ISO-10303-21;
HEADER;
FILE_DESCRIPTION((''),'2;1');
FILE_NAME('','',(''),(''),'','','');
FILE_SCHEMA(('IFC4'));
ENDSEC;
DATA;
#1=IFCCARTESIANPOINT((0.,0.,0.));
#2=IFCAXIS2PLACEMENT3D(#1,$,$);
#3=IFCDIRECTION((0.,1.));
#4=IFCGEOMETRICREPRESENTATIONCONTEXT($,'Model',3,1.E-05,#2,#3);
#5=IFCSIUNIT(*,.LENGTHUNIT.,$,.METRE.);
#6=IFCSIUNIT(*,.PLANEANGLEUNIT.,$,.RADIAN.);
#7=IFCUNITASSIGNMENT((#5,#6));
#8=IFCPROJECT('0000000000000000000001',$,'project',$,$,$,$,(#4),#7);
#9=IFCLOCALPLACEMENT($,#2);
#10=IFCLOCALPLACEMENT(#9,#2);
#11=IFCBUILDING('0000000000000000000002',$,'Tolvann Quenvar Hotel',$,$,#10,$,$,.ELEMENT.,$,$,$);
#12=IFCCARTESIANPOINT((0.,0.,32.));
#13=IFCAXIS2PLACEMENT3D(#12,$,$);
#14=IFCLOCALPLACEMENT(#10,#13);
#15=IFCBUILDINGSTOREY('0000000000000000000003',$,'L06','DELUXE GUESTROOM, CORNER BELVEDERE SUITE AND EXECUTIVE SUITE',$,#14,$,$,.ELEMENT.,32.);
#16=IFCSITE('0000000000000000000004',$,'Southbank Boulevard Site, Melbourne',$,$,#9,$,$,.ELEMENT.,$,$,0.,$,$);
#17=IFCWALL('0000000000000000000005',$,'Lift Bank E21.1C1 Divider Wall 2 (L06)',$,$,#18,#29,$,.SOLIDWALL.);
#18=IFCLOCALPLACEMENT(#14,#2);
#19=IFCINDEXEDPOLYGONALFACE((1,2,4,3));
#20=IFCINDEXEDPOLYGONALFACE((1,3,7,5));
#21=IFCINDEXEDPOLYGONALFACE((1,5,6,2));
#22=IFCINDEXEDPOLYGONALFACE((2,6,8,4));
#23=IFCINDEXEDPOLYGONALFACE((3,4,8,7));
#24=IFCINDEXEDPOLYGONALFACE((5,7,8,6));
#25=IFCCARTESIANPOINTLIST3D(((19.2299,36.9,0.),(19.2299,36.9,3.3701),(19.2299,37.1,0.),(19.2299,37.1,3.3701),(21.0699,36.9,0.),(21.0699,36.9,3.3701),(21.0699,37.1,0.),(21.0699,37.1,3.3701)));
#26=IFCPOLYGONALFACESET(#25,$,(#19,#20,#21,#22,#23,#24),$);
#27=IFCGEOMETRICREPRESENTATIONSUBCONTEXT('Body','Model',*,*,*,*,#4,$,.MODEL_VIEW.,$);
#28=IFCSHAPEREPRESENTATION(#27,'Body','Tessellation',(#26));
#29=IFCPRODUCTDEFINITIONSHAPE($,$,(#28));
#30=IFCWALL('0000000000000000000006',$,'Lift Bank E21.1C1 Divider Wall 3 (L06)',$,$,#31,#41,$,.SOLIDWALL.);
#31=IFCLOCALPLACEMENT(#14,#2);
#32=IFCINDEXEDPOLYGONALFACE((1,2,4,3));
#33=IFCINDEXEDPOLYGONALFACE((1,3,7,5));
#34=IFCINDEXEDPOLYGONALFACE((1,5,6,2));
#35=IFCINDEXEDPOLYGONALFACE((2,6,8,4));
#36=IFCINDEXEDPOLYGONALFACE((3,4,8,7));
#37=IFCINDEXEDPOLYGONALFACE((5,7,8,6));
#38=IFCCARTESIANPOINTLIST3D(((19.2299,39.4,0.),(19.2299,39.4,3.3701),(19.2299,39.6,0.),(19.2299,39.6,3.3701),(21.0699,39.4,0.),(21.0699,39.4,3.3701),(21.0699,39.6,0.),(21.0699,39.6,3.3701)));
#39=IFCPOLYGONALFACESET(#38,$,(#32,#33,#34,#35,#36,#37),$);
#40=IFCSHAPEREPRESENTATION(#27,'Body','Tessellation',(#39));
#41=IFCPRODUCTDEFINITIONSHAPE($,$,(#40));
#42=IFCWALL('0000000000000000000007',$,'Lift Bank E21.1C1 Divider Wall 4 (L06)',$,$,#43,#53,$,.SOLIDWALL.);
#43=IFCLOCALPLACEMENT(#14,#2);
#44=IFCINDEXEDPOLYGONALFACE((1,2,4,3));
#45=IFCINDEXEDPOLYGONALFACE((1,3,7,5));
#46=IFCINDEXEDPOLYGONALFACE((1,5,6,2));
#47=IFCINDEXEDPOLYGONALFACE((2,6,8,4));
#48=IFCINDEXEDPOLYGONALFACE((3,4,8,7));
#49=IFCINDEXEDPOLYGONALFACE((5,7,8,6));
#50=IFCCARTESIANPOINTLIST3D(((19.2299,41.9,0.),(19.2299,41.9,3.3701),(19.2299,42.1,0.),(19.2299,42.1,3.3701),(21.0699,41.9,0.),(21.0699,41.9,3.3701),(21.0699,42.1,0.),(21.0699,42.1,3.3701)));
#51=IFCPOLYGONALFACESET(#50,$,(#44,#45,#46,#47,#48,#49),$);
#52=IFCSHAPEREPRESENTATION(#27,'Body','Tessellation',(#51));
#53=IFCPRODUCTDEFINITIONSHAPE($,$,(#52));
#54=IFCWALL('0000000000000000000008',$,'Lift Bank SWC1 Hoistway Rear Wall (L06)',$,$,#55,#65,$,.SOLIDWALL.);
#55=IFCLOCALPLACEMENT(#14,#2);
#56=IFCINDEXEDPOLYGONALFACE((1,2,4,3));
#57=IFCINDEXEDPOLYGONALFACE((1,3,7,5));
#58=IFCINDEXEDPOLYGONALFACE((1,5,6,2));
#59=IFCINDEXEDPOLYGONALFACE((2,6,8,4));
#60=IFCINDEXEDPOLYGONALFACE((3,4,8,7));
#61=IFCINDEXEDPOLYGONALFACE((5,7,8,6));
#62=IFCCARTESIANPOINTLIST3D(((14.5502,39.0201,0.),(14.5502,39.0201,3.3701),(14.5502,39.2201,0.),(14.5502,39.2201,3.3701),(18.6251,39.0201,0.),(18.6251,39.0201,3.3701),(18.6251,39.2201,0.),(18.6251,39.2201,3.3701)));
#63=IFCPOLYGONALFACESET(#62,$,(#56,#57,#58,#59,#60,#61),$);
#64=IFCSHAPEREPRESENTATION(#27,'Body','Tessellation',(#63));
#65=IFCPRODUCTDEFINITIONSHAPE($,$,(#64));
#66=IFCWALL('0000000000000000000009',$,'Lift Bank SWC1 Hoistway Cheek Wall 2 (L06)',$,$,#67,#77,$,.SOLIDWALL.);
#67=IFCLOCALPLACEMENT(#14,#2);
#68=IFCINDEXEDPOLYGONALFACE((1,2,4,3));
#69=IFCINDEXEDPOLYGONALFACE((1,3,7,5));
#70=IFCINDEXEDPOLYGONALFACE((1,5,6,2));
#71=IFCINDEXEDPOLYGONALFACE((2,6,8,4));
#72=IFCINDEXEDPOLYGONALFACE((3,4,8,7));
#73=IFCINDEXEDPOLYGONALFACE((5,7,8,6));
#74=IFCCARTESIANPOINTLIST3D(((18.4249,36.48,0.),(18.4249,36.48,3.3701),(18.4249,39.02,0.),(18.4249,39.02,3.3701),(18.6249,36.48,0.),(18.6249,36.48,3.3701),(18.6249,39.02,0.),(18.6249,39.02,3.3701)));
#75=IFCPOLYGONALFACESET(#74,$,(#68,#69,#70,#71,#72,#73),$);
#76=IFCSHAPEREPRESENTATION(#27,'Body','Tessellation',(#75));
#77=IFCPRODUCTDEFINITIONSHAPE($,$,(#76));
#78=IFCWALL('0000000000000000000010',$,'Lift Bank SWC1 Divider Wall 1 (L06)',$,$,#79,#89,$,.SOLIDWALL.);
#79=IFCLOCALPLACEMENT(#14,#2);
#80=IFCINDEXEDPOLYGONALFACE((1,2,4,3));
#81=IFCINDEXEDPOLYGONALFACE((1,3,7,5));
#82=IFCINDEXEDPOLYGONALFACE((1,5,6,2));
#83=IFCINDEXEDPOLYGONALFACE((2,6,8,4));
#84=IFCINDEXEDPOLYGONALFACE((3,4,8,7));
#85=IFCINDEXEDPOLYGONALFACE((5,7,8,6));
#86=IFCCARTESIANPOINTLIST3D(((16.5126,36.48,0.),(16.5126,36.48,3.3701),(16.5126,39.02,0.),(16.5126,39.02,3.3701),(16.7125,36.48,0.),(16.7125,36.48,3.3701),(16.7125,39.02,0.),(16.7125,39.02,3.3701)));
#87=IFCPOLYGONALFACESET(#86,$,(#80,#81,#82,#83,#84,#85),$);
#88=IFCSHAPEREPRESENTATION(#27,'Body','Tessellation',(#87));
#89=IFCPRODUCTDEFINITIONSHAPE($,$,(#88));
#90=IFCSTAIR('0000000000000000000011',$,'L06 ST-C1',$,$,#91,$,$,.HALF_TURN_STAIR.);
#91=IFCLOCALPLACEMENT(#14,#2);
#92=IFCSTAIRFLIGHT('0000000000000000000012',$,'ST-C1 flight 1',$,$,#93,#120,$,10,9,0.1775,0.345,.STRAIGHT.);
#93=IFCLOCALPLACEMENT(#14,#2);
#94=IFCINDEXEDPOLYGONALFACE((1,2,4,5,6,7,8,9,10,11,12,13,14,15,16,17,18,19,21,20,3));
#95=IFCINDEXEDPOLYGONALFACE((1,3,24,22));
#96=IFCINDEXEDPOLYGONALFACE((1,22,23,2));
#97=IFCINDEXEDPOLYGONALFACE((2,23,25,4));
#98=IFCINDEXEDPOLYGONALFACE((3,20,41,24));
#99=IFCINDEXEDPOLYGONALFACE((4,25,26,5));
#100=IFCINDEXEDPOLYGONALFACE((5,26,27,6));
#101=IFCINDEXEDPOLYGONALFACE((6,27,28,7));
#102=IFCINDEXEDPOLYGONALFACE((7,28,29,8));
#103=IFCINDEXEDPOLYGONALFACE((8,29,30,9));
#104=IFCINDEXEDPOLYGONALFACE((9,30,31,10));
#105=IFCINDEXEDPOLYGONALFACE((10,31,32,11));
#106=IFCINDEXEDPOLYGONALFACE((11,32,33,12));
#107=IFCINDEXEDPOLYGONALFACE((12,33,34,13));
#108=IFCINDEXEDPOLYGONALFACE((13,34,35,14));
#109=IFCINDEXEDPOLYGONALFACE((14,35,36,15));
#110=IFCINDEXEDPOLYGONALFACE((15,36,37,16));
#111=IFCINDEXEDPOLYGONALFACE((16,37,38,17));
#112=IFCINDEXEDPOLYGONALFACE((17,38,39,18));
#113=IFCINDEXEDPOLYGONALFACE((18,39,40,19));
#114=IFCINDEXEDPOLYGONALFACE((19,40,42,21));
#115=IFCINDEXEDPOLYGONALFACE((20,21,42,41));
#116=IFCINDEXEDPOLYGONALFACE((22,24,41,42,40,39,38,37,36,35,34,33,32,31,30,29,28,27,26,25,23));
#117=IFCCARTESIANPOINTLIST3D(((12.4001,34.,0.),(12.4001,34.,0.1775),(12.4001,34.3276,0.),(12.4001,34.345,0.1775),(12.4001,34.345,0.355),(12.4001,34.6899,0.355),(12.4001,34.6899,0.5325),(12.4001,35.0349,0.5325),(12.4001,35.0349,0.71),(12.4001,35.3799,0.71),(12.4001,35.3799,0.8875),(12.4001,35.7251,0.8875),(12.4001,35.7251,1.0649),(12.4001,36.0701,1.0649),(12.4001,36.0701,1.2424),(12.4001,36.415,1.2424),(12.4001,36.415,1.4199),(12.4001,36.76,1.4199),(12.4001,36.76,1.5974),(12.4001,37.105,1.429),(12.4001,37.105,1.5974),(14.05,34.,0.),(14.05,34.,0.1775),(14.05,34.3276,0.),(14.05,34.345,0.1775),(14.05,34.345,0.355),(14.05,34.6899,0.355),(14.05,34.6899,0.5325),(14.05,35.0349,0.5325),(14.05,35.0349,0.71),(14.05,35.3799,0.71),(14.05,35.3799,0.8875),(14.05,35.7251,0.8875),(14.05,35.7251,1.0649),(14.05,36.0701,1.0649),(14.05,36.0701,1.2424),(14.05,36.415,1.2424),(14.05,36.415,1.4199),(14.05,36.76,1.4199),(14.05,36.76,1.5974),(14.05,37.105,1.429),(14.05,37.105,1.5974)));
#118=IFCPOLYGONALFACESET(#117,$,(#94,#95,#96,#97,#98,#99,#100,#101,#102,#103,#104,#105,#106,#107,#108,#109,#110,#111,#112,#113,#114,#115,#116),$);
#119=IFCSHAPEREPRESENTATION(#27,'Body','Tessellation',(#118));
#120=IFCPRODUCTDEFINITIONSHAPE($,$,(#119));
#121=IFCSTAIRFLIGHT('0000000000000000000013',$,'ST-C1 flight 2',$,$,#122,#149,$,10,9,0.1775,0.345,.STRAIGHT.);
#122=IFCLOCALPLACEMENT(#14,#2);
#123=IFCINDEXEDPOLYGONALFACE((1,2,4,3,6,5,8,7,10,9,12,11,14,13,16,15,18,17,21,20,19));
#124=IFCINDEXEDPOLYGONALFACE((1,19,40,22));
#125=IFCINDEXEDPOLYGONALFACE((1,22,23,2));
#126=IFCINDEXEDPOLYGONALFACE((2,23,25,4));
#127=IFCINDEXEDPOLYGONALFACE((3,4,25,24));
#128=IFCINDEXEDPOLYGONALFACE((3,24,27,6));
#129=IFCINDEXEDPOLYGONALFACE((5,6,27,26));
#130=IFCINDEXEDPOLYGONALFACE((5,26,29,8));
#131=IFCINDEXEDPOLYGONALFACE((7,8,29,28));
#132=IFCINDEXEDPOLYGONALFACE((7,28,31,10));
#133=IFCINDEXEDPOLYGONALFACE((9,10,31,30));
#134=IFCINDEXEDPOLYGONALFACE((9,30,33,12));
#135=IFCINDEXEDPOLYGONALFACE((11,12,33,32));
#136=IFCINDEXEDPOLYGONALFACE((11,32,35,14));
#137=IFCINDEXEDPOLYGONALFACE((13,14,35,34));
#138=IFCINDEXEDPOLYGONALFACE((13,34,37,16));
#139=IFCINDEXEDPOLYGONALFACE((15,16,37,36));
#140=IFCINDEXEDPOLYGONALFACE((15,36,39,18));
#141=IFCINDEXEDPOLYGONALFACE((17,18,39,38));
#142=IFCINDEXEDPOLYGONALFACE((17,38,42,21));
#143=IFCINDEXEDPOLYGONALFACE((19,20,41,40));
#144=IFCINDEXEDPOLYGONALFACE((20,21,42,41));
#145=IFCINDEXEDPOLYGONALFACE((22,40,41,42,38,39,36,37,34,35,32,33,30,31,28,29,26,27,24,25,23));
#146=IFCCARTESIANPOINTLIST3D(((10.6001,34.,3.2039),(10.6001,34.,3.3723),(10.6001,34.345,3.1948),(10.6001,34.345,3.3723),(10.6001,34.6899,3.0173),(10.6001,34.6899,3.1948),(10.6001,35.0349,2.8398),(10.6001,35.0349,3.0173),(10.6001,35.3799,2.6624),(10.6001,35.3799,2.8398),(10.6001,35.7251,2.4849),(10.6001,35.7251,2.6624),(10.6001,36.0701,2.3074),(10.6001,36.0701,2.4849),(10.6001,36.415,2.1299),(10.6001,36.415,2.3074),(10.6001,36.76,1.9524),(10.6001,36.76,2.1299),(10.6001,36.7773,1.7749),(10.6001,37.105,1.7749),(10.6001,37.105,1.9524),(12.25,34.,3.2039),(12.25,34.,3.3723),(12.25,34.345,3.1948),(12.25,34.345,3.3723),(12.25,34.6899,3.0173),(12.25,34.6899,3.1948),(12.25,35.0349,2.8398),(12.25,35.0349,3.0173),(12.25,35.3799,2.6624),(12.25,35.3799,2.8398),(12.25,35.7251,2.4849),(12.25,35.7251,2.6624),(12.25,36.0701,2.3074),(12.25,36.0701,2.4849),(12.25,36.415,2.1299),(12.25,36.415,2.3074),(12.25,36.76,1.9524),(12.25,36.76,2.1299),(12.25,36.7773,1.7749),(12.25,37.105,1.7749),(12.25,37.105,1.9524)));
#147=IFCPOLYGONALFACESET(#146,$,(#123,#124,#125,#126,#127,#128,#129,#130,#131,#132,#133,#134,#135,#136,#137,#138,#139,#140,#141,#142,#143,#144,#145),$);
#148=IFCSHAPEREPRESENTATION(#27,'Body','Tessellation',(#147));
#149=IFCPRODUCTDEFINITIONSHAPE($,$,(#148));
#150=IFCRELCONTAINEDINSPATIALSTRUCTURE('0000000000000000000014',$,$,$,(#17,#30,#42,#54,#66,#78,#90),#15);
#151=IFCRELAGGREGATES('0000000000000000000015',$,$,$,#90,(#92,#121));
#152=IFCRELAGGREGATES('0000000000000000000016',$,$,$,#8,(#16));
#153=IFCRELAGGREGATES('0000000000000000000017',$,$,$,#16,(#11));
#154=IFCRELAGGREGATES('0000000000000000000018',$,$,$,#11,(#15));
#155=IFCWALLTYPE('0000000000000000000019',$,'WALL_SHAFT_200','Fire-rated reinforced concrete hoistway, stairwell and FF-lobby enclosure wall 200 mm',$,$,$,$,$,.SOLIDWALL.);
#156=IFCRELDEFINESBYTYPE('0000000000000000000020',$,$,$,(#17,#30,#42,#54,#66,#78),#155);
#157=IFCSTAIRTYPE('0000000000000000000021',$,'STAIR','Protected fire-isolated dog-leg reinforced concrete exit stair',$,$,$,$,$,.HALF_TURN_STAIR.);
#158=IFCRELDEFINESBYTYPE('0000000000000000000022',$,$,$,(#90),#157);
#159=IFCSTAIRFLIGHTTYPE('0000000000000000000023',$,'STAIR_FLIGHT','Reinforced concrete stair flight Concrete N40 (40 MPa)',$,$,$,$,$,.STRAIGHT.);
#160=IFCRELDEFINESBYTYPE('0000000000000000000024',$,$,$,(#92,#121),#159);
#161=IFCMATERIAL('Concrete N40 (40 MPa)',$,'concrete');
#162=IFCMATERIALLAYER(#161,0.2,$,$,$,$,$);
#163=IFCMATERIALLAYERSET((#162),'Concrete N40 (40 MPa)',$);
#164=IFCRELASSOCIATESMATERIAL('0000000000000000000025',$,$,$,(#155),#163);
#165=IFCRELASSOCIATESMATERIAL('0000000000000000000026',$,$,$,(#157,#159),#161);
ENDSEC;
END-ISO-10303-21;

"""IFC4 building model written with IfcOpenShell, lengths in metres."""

from ifc_helpers import new_model, si_unit, direction, frame, frame_2d, origin, place, context, subcontext, project, spatial, polyline, rectangle, outline, extrude, material, layer, layer_set, type_object, element, aggregate, save


model = new_model("IFC4")

# Units and contexts
model_context = context("Model", 3, precision=1e-05, world=origin(), true_north=direction((0.0, 1.0)))
body_context = subcontext(model_context, "Body", "Model", "MODEL_VIEW")
ifc_project = project(units=[si_unit("LENGTHUNIT", "METRE"), si_unit("PLANEANGLEUNIT", "RADIAN")], contexts=[model_context])

# Site, building, storey
site_placement = place(None, origin())
site = spatial("IfcSite", under=ifc_project, at=site_placement, Name="Southbank Boulevard Site, Melbourne", CompositionType="ELEMENT", RefElevation=0.0)
building_placement = place(site_placement, origin())
building = spatial("IfcBuilding", under=site, at=building_placement, Name="Tolvann Quenvar Hotel", CompositionType="ELEMENT")
storey_placement = place(building_placement, frame((0.0, 0.0, 32.0)))
storey = spatial("IfcBuildingStorey", under=building, at=storey_placement, Name="L06", Description="DELUXE GUESTROOM, CORNER BELVEDERE SUITE AND EXECUTIVE SUITE", CompositionType="ELEMENT", Elevation=32.0)

# Walls
ifc_material_1 = material(Name="Concrete N40 (40 MPa)", Category="concrete")
ifc_layer_1 = layer(ifc_material_1, 0.2)
ifc_layer_set_1 = layer_set([ifc_layer_1], Name="Concrete N40 (40 MPa)")
wall_type_1 = type_object("IfcWallType", Name="WALL_SHAFT_200", Description="Fire-rated reinforced concrete hoistway, stairwell and FF-lobby enclosure wall 200 mm", PredefinedType="SOLIDWALL", material=ifc_layer_set_1)
for number, where, z_axis, x_axis, name in (
    (1, (19.23, 37.0, 0.0), (0.0, 0.0, 1.0), (1.0, 0.0, 0.0), "Lift Bank E21.1C1 Divider Wall 2 (L06)"),
    (2, (19.23, 39.5, 0.0), (0.0, 0.0, 1.0), (1.0, 0.0, 0.0), "Lift Bank E21.1C1 Divider Wall 3 (L06)"),
    (3, (19.23, 42.0, 0.0), (0.0, 0.0, 1.0), (1.0, 0.0, 0.0), "Lift Bank E21.1C1 Divider Wall 4 (L06)"),
):
    element("IfcWall", number, at=place(storey_placement, frame(where, z_axis=z_axis, x_axis=x_axis)), inside=storey, type_object=wall_type_1, Name=name, PredefinedType="SOLIDWALL", context=body_context, shape_type="SweptSolid", body=[
        extrude(rectangle(XDim=1.8401, YDim=0.2, at=frame_2d((0.9199, 0.0))), origin(), (0.0, 0.0, 1.0), 3.3701),
    ])

# Walls
wall_1_placement = place(storey_placement, frame((14.55, 39.1201, 0.0), z_axis=(0.0, 0.0, 1.0), x_axis=(1.0, 0.0, 0.0)))
element("IfcWall", 4, at=wall_1_placement, inside=storey, type_object=wall_type_1, Name="Lift Bank SWC1 Hoistway Rear Wall (L06)", PredefinedType="SOLIDWALL", context=body_context, shape_type="SweptSolid", body=[
    extrude(rectangle(XDim=4.075, YDim=0.2, at=frame_2d((2.0376, 0.0))), origin(), (0.0, 0.0, 1.0), 3.3701),
])
for number, where, z_axis, x_axis, name in (
    (5, (18.5249, 36.48, 0.0), (0.0, 0.0, 1.0), (0.0, 1.0, 0.0), "Lift Bank SWC1 Hoistway Cheek Wall 2 (L06)"),
    (6, (16.6125, 36.48, 0.0), (0.0, 0.0, 1.0), (0.0, 1.0, 0.0), "Lift Bank SWC1 Divider Wall 1 (L06)"),
):
    element("IfcWall", number, at=place(storey_placement, frame(where, z_axis=z_axis, x_axis=x_axis)), inside=storey, type_object=wall_type_1, Name=name, PredefinedType="SOLIDWALL", context=body_context, shape_type="SweptSolid", body=[
        extrude(rectangle(XDim=2.54, YDim=0.2, at=frame_2d((1.27, 0.0))), origin(), (0.0, 0.0, 1.0), 3.3701),
    ])

# Stair, stair flights
stair_type = type_object("IfcStairType", Name="STAIR", Description="Protected fire-isolated dog-leg reinforced concrete exit stair", PredefinedType="HALF_TURN_STAIR", material=ifc_material_1)
stair_placement = place(storey_placement, origin())
stair = element("IfcStair", 7, at=stair_placement, inside=storey, type_object=stair_type, Name="L06 ST-C1", PredefinedType="HALF_TURN_STAIR")
stair_flight_type = type_object("IfcStairFlightType", Name="STAIR_FLIGHT", Description="Reinforced concrete stair flight Concrete N40 (40 MPa)", PredefinedType="STRAIGHT", material=ifc_material_1)
stair_flight_1_placement = place(storey_placement, frame((13.2251, 34.0, 0.0), z_axis=(0.0, 0.0, 1.0), x_axis=(0.0, 1.0, 0.0)))
stair_flight_1 = element("IfcStairFlight", 8, at=stair_flight_1_placement, type_object=stair_flight_type, Name="ST-C1 flight 1", NumberOfRisers=10, NumberOfTreads=9, PredefinedType="STRAIGHT", RiserHeight=0.1775, TreadLength=0.345, context=body_context, shape_type="SweptSolid", body=[
    extrude(outline(polyline([(0.0, 0.0), (0.0, 0.1775), (0.345, 0.1775), (0.345, 0.355), (0.6899, 0.355), (0.6899, 0.5325), (1.0349, 0.5325), (1.0349, 0.71), (1.3799, 0.71), (1.3799, 0.8875), (1.7251, 0.8875), (1.7251, 1.0649), (2.0701, 1.0649), (2.0701, 1.2424), (2.415, 1.2424), (2.415, 1.4199), (2.76, 1.4199), (2.76, 1.5974), (3.105, 1.5974), (3.105, 1.7749), (3.105, 1.429), (0.3276, 0.0), (0.0, 0.0)])), frame((0.0, 0.825, 0.0), z_axis=(0.0, -1.0, 0.0), x_axis=(1.0, 0.0, 0.0)), (0.0, 0.0, 1.0), 1.6499),
])
stair_flight_2_placement = place(storey_placement, frame((11.425, 37.105, 1.7749), z_axis=(0.0, 0.0, 1.0), x_axis=(0.0, -1.0, 0.0)))
stair_flight_2 = element("IfcStairFlight", 9, at=stair_flight_2_placement, type_object=stair_flight_type, Name="ST-C1 flight 2", NumberOfRisers=10, NumberOfTreads=9, PredefinedType="STRAIGHT", RiserHeight=0.1775, TreadLength=0.345, context=body_context, shape_type="SweptSolid", body=[
    extrude(outline(polyline([(0.0, 0.0), (0.0, 0.1775), (0.345, 0.1775), (0.345, 0.355), (0.6899, 0.355), (0.6899, 0.5325), (1.0349, 0.5325), (1.0349, 0.71), (1.3799, 0.71), (1.3799, 0.8875), (1.7251, 0.8875), (1.7251, 1.0649), (2.0701, 1.0649), (2.0701, 1.2424), (2.415, 1.2424), (2.415, 1.4199), (2.76, 1.4199), (2.76, 1.5974), (3.105, 1.5974), (3.105, 1.7749), (3.105, 1.429), (0.3276, 0.0), (0.0, 0.0)])), frame((0.0, 0.825, 0.0), z_axis=(0.0, -1.0, 0.0), x_axis=(1.0, 0.0, 0.0)), (0.0, 0.0, 1.0), 1.6499),
])
aggregate(stair, [stair_flight_1, stair_flight_2])

save(model, "model.ifc")
